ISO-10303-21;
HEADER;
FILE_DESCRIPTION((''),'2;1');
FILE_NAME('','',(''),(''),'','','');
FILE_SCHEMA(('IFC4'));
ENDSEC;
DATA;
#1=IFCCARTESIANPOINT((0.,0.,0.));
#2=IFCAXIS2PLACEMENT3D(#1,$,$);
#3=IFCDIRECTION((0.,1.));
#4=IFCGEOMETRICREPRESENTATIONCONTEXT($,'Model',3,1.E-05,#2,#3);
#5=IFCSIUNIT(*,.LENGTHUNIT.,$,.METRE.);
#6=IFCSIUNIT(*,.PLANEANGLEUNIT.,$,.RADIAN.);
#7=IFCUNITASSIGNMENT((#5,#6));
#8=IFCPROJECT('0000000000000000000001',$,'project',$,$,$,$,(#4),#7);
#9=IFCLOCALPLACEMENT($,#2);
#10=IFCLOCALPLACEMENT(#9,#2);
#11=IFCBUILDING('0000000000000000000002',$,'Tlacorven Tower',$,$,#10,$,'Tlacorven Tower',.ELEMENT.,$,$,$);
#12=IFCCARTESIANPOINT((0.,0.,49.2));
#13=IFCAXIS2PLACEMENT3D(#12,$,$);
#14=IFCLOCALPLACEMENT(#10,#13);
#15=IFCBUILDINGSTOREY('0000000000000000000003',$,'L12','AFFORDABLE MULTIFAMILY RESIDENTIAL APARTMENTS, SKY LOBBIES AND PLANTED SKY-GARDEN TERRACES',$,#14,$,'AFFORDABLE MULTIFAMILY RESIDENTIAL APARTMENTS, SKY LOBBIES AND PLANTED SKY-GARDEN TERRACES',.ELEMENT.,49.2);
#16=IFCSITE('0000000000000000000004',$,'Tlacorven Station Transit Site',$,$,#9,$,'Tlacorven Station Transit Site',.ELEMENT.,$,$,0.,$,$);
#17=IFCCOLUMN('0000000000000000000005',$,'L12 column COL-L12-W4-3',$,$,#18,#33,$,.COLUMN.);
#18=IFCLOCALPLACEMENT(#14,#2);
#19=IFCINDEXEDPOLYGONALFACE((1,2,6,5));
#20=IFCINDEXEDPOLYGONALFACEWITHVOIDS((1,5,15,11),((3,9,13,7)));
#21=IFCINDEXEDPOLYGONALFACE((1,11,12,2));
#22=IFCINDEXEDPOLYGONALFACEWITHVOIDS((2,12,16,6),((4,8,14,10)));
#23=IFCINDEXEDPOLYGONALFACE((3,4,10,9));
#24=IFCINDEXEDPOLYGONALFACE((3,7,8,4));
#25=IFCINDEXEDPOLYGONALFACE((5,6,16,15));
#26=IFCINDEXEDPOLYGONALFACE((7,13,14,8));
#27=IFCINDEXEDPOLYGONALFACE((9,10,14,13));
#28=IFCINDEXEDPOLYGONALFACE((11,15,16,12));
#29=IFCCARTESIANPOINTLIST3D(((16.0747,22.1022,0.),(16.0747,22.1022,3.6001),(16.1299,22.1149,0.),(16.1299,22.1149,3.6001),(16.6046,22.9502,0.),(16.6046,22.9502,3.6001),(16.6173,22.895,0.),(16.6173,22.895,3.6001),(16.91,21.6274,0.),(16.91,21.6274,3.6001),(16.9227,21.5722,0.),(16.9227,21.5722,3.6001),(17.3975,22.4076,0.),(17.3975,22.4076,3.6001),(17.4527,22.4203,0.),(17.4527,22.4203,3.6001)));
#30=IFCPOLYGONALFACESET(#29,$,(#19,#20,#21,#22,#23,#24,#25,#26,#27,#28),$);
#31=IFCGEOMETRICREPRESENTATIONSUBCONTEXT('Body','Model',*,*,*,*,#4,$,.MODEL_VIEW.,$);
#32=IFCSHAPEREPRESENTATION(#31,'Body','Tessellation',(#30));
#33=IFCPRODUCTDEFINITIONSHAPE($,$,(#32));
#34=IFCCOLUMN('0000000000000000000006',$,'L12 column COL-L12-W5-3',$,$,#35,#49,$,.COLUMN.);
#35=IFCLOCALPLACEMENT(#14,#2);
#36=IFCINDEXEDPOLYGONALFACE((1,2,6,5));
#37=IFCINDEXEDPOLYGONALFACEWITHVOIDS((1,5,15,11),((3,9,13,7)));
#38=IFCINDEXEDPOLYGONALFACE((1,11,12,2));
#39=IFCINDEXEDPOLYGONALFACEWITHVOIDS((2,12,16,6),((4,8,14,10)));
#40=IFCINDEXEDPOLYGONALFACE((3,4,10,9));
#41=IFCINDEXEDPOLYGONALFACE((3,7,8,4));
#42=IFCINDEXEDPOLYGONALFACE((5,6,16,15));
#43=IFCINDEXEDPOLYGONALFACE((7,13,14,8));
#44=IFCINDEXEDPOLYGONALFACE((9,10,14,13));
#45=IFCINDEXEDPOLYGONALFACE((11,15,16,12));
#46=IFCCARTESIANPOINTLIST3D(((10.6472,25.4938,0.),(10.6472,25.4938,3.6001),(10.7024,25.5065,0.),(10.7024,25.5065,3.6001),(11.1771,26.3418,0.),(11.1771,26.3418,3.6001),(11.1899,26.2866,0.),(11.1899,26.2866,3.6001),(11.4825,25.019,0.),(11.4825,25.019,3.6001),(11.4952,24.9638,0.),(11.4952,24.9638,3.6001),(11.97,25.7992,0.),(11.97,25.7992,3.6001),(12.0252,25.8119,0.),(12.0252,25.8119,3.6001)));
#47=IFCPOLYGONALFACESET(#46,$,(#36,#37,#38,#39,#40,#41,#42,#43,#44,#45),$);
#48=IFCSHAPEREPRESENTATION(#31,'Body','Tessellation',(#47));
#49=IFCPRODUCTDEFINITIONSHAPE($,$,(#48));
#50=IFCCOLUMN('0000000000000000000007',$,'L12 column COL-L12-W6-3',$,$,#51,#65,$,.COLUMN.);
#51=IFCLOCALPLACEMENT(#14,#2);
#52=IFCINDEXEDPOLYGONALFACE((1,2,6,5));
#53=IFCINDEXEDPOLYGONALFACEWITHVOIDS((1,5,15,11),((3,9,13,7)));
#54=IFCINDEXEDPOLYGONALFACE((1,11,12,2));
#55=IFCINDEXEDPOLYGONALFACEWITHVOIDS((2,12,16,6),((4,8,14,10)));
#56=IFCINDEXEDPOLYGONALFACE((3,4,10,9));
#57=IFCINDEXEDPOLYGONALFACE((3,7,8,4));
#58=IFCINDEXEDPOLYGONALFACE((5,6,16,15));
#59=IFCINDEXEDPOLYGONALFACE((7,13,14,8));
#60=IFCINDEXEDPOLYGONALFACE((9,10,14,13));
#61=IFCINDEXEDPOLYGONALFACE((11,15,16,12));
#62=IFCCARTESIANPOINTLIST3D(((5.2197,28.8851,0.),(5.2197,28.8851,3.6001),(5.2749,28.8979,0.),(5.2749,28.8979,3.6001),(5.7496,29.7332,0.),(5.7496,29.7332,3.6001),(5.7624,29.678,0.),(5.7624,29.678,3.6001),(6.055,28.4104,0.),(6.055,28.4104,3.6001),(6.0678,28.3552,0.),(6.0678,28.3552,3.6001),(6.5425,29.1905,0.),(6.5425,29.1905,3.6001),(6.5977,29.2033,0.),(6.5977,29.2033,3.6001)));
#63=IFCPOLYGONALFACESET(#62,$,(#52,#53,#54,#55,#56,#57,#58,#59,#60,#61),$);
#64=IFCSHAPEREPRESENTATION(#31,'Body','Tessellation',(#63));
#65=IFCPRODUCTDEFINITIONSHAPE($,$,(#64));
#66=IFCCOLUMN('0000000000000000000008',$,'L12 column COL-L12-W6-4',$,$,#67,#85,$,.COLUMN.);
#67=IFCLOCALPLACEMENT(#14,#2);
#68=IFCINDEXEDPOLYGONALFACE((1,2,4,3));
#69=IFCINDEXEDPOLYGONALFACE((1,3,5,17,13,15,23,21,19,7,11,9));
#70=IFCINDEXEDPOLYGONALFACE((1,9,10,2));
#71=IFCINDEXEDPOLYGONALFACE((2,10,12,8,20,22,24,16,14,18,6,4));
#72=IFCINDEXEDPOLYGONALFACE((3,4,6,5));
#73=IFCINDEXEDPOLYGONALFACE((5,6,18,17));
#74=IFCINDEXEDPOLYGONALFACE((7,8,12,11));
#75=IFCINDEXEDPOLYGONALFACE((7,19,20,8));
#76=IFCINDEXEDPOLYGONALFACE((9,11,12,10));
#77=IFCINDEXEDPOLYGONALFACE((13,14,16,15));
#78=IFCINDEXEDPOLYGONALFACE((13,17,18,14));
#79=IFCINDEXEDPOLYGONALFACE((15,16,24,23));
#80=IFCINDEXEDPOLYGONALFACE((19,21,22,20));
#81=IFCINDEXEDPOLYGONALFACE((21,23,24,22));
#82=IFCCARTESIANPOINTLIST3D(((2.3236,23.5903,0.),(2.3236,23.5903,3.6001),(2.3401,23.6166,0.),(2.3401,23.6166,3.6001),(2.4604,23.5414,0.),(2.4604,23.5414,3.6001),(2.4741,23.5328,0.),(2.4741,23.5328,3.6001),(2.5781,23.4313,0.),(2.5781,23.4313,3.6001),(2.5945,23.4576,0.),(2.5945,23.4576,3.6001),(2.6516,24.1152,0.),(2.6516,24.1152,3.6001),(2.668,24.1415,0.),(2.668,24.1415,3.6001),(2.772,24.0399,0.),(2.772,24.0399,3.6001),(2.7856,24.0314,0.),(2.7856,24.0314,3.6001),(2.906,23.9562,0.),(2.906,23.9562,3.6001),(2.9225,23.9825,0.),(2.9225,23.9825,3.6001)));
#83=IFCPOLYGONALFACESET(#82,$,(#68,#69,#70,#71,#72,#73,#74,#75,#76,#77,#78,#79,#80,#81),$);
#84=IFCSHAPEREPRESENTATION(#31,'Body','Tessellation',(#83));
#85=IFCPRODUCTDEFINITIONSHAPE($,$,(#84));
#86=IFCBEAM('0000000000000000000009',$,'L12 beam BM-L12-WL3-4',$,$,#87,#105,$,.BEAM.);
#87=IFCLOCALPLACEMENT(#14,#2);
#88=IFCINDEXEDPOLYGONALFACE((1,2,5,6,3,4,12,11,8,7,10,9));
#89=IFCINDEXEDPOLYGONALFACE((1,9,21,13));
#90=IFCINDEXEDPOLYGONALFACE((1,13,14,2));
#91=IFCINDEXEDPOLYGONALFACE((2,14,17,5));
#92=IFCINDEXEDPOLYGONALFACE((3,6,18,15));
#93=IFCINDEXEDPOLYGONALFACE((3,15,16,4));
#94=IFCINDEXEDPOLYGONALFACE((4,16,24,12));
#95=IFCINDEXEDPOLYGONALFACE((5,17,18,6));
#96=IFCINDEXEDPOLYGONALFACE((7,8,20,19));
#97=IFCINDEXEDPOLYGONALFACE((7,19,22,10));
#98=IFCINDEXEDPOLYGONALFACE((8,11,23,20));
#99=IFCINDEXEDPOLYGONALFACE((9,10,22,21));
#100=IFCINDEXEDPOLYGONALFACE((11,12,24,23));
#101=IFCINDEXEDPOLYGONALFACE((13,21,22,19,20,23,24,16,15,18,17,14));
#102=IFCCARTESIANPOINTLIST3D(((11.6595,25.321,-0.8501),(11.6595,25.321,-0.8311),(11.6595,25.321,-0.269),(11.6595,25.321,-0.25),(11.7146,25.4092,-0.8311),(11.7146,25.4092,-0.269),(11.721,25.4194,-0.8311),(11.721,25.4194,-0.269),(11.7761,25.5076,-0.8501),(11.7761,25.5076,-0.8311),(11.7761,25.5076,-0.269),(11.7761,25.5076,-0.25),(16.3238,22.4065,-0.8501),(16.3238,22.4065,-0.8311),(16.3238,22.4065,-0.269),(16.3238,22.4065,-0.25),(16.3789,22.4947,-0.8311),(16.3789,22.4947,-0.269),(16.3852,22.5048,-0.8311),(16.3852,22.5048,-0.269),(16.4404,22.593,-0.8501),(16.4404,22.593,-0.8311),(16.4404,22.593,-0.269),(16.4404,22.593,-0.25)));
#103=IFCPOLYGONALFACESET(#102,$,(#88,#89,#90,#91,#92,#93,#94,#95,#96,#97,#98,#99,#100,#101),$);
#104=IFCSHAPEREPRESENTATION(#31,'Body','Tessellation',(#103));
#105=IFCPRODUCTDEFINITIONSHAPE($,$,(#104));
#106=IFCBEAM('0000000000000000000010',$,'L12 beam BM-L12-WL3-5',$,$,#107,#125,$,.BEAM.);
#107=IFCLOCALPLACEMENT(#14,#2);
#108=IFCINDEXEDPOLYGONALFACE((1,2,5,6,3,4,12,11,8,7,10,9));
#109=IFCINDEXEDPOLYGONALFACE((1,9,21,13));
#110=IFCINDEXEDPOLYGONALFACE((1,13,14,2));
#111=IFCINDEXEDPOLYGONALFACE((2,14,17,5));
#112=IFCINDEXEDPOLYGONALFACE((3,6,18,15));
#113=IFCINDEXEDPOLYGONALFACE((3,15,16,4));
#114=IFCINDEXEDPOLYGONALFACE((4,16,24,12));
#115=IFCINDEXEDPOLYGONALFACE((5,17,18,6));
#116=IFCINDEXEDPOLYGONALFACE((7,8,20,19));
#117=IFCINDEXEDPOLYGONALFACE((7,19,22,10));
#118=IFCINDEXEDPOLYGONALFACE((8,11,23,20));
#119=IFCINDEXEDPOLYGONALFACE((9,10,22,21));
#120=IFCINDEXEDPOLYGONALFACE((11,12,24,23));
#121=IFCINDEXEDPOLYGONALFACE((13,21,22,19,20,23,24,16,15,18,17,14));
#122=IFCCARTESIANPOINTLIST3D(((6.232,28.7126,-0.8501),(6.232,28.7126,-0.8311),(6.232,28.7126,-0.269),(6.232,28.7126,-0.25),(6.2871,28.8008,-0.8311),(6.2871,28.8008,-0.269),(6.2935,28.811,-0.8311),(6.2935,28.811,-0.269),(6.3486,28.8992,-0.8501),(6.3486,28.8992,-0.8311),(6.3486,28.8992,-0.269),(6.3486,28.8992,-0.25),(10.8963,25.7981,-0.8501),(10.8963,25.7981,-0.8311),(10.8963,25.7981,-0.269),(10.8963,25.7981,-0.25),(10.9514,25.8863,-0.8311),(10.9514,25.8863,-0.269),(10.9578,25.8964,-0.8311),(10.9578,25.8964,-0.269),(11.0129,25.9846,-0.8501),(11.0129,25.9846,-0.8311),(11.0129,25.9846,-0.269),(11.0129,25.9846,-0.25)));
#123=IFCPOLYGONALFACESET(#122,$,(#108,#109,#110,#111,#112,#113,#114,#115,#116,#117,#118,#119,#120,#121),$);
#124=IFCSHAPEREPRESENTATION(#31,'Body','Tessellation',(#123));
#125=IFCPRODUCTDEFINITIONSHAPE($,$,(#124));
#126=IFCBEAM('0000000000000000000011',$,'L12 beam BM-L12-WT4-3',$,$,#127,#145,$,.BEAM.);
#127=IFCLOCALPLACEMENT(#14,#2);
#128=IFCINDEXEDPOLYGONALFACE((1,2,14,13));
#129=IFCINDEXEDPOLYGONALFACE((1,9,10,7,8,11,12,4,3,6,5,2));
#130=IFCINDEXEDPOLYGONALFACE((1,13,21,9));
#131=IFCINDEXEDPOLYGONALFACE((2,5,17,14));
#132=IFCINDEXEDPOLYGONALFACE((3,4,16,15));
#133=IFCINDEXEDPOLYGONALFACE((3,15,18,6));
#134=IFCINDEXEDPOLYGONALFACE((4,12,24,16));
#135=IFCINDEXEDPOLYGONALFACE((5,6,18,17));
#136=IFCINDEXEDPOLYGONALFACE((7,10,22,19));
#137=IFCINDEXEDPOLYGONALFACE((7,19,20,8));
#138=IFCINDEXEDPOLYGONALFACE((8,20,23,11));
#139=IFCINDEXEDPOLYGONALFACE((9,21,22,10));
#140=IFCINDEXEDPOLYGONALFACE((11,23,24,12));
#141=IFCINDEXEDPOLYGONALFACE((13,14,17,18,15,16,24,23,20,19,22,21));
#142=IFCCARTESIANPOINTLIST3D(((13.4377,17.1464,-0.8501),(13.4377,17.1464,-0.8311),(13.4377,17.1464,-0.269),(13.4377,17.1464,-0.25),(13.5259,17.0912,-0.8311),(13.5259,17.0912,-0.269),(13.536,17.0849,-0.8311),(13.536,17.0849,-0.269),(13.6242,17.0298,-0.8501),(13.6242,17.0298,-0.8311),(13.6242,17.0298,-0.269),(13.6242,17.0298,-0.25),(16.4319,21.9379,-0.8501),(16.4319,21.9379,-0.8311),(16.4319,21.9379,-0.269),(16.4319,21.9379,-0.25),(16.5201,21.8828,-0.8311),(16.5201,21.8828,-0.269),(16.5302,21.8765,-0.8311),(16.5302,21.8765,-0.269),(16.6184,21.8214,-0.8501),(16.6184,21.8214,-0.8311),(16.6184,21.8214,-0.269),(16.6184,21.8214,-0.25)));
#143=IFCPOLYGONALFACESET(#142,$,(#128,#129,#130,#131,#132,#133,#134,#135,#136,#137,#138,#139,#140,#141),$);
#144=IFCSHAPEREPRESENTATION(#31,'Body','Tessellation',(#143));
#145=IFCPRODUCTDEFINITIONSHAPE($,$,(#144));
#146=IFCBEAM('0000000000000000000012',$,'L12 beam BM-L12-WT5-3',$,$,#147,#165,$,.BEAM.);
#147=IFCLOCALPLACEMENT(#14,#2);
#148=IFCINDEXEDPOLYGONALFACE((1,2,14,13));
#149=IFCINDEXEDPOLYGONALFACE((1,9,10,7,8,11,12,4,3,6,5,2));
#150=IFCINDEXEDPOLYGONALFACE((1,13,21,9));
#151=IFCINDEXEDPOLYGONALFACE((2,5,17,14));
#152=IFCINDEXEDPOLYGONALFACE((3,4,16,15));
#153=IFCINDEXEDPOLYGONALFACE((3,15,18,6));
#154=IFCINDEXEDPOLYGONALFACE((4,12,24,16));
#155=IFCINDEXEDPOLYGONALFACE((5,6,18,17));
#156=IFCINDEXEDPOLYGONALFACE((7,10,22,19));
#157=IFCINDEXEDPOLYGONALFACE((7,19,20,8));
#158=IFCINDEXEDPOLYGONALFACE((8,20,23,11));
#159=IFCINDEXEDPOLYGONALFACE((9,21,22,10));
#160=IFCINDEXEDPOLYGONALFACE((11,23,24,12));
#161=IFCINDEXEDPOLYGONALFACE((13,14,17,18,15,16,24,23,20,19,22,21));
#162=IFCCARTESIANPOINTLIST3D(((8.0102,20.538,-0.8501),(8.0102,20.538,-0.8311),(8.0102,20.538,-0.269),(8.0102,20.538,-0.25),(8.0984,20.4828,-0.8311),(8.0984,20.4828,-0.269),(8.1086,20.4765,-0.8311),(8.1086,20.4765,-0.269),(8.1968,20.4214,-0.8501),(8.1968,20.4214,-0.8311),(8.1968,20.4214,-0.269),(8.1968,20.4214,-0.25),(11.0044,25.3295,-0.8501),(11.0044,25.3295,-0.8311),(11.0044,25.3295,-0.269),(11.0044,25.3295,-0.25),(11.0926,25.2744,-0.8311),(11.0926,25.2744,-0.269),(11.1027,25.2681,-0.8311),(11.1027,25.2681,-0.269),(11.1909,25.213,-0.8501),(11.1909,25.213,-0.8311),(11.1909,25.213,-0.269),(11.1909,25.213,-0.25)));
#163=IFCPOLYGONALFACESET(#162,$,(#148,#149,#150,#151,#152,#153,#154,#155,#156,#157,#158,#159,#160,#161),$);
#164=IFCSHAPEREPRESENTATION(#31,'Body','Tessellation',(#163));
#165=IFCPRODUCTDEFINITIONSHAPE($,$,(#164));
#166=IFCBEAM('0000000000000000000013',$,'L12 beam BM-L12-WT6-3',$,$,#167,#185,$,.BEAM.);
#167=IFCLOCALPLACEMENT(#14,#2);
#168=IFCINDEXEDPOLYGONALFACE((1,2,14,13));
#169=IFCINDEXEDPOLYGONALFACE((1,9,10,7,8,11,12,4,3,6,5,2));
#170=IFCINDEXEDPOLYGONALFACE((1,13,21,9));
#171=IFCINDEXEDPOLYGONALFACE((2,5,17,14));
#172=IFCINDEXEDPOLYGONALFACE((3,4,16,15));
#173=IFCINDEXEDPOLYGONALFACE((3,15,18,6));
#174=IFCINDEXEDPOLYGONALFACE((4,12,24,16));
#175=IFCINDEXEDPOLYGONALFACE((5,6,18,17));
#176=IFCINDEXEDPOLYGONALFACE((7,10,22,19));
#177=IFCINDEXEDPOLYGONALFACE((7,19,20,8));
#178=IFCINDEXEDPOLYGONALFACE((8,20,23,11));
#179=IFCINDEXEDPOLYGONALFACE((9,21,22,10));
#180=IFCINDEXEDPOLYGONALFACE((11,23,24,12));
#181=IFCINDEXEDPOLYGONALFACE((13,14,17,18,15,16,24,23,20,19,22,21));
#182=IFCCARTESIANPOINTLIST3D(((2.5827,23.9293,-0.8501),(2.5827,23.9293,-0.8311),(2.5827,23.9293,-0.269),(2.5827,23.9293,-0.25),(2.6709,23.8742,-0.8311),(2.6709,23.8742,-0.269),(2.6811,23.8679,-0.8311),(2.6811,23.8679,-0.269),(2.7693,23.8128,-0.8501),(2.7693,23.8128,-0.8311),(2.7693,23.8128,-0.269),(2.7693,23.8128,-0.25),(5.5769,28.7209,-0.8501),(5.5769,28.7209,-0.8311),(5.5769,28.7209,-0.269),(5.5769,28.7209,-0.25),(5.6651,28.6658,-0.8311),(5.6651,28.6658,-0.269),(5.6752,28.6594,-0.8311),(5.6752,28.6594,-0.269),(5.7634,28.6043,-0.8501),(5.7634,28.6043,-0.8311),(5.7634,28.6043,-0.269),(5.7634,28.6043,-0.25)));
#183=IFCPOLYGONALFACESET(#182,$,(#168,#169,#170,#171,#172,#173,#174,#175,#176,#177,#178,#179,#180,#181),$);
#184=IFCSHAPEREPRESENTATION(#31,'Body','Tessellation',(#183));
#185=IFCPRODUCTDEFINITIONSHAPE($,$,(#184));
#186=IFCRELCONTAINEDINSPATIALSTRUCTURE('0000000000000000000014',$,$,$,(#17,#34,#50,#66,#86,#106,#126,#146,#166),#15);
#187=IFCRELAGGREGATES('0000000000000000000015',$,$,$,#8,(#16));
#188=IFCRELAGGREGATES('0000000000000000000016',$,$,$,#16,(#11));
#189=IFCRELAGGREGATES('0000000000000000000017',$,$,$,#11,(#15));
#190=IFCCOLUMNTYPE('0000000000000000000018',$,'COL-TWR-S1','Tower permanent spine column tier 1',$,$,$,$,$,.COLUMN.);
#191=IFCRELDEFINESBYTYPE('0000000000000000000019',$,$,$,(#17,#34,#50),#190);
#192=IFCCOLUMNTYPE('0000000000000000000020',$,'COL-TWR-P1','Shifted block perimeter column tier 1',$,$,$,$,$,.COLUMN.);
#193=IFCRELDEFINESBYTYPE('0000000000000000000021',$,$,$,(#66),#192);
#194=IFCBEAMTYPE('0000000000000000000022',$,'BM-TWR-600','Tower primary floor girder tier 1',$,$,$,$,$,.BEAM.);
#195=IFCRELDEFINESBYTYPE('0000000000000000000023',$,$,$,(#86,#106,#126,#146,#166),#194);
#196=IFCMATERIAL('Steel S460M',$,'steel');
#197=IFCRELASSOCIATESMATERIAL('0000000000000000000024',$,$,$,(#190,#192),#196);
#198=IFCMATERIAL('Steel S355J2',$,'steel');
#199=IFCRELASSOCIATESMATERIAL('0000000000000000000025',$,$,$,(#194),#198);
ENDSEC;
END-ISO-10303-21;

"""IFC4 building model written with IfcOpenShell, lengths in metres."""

from ifc_helpers import new_model, si_unit, direction, frame, origin, origin_2d, place, context, subcontext, project, spatial, hollow_rectangle, i_section, extrude, source, transform, mapped, material, material_profile, profile_set, type_object, element, save


model = new_model("IFC4")

# Units and contexts
model_context = context("Model", 3, precision=1e-05, world=origin(), true_north=direction((0.0, 1.0)))
body_context = subcontext(model_context, "Body", "Model", "MODEL_VIEW")
ifc_project = project(units=[si_unit("LENGTHUNIT", "METRE"), si_unit("PLANEANGLEUNIT", "RADIAN")], contexts=[model_context])

# Site, building, storey
site_placement = place(None, origin())
site = spatial("IfcSite", under=ifc_project, at=site_placement, Name="Tlacorven Station Transit Site", LongName="Tlacorven Station Transit Site", CompositionType="ELEMENT", RefElevation=0.0)
building_placement = place(site_placement, origin())
building = spatial("IfcBuilding", under=site, at=building_placement, Name="Tlacorven Tower", LongName="Tlacorven Tower", CompositionType="ELEMENT")
storey_placement = place(building_placement, frame((0.0, 0.0, 49.2)))
storey = spatial("IfcBuildingStorey", under=building, at=storey_placement, Name="L12", Description="AFFORDABLE MULTIFAMILY RESIDENTIAL APARTMENTS, SKY LOBBIES AND PLANTED SKY-GARDEN TERRACES", LongName="AFFORDABLE MULTIFAMILY RESIDENTIAL APARTMENTS, SKY LOBBIES AND PLANTED SKY-GARDEN TERRACES", CompositionType="ELEMENT", Elevation=49.2)

# Columns
ifc_material_1 = material(Name="Steel S460M", Category="steel")
ifc_material_profile_1 = material_profile(ifc_material_1, hollow_rectangle(XDim=1.0, YDim=1.0, WallThickness=0.04, at=origin_2d()), Name="BOX 1000X1000X40")
ifc_profile_set_1 = profile_set([ifc_material_profile_1], Name="Steel S460M")
column_type_1 = type_object("IfcColumnType", Name="COL-TWR-S1", Description="Tower permanent spine column tier 1", PredefinedType="COLUMN", material=ifc_profile_set_1)
shared_shape_1 = source(origin(), body_context, "Body", "SweptSolid", [
    extrude(hollow_rectangle(XDim=1.0, YDim=1.0, WallThickness=0.04, at=origin_2d()), origin(), (0.0, 0.0, 1.0), 3.6001),
])
for number, where, z_axis, x_axis, name in (
    (1, (16.7637, 22.2612, 0.0), (0.0, 0.0, 1.0), (-0.848048, 0.529919, 0.0), "L12 column COL-L12-W4-3"),
    (2, (11.3362, 25.6528, 0.0), (0.0, 0.0, 1.0), (-0.848048, 0.529919, 0.0), "L12 column COL-L12-W5-3"),
    (3, (5.9087, 29.0442, 0.0), (0.0, 0.0, 1.0), (-0.848048, 0.529919, 0.0), "L12 column COL-L12-W6-3"),
):
    element("IfcColumn", number, at=place(storey_placement, frame(where, z_axis=z_axis, x_axis=x_axis)), inside=storey, type_object=column_type_1, Name=name, PredefinedType="COLUMN", context=body_context, shape_type="MappedRepresentation", body=[
        mapped(shared_shape_1, transform((0.0, 0.0, 0.0), scale=1.0)),
    ])
ifc_material_profile_2 = material_profile(ifc_material_1, i_section(OverallWidth=0.3, OverallDepth=0.6499, WebThickness=0.0161, FlangeThickness=0.031, at=origin_2d()), Name="HEB 650")
ifc_profile_set_2 = profile_set([ifc_material_profile_2], Name="Steel S460M")
column_type_2 = type_object("IfcColumnType", Name="COL-TWR-P1", Description="Shifted block perimeter column tier 1", PredefinedType="COLUMN", material=ifc_profile_set_2)
shared_shape_2 = source(origin(), body_context, "Body", "SweptSolid", [
    extrude(i_section(OverallWidth=0.3, OverallDepth=0.6499, WebThickness=0.0161, FlangeThickness=0.031, at=origin_2d()), origin(), (0.0, 0.0, 1.0), 3.6001),
])
column_placement = place(storey_placement, frame((2.623, 23.7864, 0.0), z_axis=(0.0, 0.0, 1.0), x_axis=(-0.848048, 0.529919, 0.0)))
element("IfcColumn", 4, at=column_placement, inside=storey, type_object=column_type_2, Name="L12 column COL-L12-W6-4", PredefinedType="COLUMN", context=body_context, shape_type="MappedRepresentation", body=[
    mapped(shared_shape_2, transform((0.0, 0.0, 0.0), scale=1.0)),
])

# Beams
ifc_material_2 = material(Name="Steel S355J2", Category="steel")
ifc_material_profile_3 = material_profile(ifc_material_2, i_section(OverallWidth=0.22, OverallDepth=0.6001, WebThickness=0.012, FlangeThickness=0.019, at=origin_2d()), Name="IPE 600")
ifc_profile_set_3 = profile_set([ifc_material_profile_3], Name="Steel S355J2")
beam_type_1 = type_object("IfcBeamType", Name="BM-TWR-600", Description="Tower primary floor girder tier 1", PredefinedType="BEAM", material=ifc_profile_set_3)
shared_shape_3 = source(origin(), body_context, "Body", "SweptSolid", [
    extrude(i_section(OverallWidth=0.22, OverallDepth=0.6001, WebThickness=0.012, FlangeThickness=0.019, at=origin_2d()), origin(), (0.0, 0.0, 1.0), 5.5),
])
for number, where, z_axis, x_axis, name in (
    (5, (16.3821, 22.4998, -0.55), (-0.848051, 0.529915, 0.0), (-0.529915, -0.848051, 0.0), "L12 beam BM-L12-WL3-4"),
    (6, (10.9546, 25.8914, -0.55), (-0.848051, 0.529915, 0.0), (-0.529915, -0.848051, 0.0), "L12 beam BM-L12-WL3-5"),
):
    element("IfcBeam", number, at=place(storey_placement, frame(where, z_axis=z_axis, x_axis=x_axis)), inside=storey, type_object=beam_type_1, Name=name, PredefinedType="BEAM", context=body_context, shape_type="MappedRepresentation", body=[
        mapped(shared_shape_3, transform((0.0, 0.0, 0.0), scale=1.0)),
    ])
shared_shape_4 = source(origin(), body_context, "Body", "SweptSolid", [
    extrude(i_section(OverallWidth=0.22, OverallDepth=0.6001, WebThickness=0.012, FlangeThickness=0.019, at=origin_2d()), origin(), (0.0, 0.0, 1.0), 5.6501),
])
for number, where, z_axis, x_axis, name in (
    (7, (16.5251, 21.8796, -0.55), (-0.529929, -0.848042, 0.0), (0.848042, -0.529929, 0.0), "L12 beam BM-L12-WT4-3"),
    (8, (11.0977, 25.2712, -0.55), (-0.529929, -0.848042, 0.0), (0.848042, -0.529929, 0.0), "L12 beam BM-L12-WT5-3"),
    (9, (5.6702, 28.6626, -0.55), (-0.529929, -0.848042, 0.0), (0.848042, -0.529929, 0.0), "L12 beam BM-L12-WT6-3"),
):
    element("IfcBeam", number, at=place(storey_placement, frame(where, z_axis=z_axis, x_axis=x_axis)), inside=storey, type_object=beam_type_1, Name=name, PredefinedType="BEAM", context=body_context, shape_type="MappedRepresentation", body=[
        mapped(shared_shape_4, transform((0.0, 0.0, 0.0), scale=1.0)),
    ])

save(model, "model.ifc")
